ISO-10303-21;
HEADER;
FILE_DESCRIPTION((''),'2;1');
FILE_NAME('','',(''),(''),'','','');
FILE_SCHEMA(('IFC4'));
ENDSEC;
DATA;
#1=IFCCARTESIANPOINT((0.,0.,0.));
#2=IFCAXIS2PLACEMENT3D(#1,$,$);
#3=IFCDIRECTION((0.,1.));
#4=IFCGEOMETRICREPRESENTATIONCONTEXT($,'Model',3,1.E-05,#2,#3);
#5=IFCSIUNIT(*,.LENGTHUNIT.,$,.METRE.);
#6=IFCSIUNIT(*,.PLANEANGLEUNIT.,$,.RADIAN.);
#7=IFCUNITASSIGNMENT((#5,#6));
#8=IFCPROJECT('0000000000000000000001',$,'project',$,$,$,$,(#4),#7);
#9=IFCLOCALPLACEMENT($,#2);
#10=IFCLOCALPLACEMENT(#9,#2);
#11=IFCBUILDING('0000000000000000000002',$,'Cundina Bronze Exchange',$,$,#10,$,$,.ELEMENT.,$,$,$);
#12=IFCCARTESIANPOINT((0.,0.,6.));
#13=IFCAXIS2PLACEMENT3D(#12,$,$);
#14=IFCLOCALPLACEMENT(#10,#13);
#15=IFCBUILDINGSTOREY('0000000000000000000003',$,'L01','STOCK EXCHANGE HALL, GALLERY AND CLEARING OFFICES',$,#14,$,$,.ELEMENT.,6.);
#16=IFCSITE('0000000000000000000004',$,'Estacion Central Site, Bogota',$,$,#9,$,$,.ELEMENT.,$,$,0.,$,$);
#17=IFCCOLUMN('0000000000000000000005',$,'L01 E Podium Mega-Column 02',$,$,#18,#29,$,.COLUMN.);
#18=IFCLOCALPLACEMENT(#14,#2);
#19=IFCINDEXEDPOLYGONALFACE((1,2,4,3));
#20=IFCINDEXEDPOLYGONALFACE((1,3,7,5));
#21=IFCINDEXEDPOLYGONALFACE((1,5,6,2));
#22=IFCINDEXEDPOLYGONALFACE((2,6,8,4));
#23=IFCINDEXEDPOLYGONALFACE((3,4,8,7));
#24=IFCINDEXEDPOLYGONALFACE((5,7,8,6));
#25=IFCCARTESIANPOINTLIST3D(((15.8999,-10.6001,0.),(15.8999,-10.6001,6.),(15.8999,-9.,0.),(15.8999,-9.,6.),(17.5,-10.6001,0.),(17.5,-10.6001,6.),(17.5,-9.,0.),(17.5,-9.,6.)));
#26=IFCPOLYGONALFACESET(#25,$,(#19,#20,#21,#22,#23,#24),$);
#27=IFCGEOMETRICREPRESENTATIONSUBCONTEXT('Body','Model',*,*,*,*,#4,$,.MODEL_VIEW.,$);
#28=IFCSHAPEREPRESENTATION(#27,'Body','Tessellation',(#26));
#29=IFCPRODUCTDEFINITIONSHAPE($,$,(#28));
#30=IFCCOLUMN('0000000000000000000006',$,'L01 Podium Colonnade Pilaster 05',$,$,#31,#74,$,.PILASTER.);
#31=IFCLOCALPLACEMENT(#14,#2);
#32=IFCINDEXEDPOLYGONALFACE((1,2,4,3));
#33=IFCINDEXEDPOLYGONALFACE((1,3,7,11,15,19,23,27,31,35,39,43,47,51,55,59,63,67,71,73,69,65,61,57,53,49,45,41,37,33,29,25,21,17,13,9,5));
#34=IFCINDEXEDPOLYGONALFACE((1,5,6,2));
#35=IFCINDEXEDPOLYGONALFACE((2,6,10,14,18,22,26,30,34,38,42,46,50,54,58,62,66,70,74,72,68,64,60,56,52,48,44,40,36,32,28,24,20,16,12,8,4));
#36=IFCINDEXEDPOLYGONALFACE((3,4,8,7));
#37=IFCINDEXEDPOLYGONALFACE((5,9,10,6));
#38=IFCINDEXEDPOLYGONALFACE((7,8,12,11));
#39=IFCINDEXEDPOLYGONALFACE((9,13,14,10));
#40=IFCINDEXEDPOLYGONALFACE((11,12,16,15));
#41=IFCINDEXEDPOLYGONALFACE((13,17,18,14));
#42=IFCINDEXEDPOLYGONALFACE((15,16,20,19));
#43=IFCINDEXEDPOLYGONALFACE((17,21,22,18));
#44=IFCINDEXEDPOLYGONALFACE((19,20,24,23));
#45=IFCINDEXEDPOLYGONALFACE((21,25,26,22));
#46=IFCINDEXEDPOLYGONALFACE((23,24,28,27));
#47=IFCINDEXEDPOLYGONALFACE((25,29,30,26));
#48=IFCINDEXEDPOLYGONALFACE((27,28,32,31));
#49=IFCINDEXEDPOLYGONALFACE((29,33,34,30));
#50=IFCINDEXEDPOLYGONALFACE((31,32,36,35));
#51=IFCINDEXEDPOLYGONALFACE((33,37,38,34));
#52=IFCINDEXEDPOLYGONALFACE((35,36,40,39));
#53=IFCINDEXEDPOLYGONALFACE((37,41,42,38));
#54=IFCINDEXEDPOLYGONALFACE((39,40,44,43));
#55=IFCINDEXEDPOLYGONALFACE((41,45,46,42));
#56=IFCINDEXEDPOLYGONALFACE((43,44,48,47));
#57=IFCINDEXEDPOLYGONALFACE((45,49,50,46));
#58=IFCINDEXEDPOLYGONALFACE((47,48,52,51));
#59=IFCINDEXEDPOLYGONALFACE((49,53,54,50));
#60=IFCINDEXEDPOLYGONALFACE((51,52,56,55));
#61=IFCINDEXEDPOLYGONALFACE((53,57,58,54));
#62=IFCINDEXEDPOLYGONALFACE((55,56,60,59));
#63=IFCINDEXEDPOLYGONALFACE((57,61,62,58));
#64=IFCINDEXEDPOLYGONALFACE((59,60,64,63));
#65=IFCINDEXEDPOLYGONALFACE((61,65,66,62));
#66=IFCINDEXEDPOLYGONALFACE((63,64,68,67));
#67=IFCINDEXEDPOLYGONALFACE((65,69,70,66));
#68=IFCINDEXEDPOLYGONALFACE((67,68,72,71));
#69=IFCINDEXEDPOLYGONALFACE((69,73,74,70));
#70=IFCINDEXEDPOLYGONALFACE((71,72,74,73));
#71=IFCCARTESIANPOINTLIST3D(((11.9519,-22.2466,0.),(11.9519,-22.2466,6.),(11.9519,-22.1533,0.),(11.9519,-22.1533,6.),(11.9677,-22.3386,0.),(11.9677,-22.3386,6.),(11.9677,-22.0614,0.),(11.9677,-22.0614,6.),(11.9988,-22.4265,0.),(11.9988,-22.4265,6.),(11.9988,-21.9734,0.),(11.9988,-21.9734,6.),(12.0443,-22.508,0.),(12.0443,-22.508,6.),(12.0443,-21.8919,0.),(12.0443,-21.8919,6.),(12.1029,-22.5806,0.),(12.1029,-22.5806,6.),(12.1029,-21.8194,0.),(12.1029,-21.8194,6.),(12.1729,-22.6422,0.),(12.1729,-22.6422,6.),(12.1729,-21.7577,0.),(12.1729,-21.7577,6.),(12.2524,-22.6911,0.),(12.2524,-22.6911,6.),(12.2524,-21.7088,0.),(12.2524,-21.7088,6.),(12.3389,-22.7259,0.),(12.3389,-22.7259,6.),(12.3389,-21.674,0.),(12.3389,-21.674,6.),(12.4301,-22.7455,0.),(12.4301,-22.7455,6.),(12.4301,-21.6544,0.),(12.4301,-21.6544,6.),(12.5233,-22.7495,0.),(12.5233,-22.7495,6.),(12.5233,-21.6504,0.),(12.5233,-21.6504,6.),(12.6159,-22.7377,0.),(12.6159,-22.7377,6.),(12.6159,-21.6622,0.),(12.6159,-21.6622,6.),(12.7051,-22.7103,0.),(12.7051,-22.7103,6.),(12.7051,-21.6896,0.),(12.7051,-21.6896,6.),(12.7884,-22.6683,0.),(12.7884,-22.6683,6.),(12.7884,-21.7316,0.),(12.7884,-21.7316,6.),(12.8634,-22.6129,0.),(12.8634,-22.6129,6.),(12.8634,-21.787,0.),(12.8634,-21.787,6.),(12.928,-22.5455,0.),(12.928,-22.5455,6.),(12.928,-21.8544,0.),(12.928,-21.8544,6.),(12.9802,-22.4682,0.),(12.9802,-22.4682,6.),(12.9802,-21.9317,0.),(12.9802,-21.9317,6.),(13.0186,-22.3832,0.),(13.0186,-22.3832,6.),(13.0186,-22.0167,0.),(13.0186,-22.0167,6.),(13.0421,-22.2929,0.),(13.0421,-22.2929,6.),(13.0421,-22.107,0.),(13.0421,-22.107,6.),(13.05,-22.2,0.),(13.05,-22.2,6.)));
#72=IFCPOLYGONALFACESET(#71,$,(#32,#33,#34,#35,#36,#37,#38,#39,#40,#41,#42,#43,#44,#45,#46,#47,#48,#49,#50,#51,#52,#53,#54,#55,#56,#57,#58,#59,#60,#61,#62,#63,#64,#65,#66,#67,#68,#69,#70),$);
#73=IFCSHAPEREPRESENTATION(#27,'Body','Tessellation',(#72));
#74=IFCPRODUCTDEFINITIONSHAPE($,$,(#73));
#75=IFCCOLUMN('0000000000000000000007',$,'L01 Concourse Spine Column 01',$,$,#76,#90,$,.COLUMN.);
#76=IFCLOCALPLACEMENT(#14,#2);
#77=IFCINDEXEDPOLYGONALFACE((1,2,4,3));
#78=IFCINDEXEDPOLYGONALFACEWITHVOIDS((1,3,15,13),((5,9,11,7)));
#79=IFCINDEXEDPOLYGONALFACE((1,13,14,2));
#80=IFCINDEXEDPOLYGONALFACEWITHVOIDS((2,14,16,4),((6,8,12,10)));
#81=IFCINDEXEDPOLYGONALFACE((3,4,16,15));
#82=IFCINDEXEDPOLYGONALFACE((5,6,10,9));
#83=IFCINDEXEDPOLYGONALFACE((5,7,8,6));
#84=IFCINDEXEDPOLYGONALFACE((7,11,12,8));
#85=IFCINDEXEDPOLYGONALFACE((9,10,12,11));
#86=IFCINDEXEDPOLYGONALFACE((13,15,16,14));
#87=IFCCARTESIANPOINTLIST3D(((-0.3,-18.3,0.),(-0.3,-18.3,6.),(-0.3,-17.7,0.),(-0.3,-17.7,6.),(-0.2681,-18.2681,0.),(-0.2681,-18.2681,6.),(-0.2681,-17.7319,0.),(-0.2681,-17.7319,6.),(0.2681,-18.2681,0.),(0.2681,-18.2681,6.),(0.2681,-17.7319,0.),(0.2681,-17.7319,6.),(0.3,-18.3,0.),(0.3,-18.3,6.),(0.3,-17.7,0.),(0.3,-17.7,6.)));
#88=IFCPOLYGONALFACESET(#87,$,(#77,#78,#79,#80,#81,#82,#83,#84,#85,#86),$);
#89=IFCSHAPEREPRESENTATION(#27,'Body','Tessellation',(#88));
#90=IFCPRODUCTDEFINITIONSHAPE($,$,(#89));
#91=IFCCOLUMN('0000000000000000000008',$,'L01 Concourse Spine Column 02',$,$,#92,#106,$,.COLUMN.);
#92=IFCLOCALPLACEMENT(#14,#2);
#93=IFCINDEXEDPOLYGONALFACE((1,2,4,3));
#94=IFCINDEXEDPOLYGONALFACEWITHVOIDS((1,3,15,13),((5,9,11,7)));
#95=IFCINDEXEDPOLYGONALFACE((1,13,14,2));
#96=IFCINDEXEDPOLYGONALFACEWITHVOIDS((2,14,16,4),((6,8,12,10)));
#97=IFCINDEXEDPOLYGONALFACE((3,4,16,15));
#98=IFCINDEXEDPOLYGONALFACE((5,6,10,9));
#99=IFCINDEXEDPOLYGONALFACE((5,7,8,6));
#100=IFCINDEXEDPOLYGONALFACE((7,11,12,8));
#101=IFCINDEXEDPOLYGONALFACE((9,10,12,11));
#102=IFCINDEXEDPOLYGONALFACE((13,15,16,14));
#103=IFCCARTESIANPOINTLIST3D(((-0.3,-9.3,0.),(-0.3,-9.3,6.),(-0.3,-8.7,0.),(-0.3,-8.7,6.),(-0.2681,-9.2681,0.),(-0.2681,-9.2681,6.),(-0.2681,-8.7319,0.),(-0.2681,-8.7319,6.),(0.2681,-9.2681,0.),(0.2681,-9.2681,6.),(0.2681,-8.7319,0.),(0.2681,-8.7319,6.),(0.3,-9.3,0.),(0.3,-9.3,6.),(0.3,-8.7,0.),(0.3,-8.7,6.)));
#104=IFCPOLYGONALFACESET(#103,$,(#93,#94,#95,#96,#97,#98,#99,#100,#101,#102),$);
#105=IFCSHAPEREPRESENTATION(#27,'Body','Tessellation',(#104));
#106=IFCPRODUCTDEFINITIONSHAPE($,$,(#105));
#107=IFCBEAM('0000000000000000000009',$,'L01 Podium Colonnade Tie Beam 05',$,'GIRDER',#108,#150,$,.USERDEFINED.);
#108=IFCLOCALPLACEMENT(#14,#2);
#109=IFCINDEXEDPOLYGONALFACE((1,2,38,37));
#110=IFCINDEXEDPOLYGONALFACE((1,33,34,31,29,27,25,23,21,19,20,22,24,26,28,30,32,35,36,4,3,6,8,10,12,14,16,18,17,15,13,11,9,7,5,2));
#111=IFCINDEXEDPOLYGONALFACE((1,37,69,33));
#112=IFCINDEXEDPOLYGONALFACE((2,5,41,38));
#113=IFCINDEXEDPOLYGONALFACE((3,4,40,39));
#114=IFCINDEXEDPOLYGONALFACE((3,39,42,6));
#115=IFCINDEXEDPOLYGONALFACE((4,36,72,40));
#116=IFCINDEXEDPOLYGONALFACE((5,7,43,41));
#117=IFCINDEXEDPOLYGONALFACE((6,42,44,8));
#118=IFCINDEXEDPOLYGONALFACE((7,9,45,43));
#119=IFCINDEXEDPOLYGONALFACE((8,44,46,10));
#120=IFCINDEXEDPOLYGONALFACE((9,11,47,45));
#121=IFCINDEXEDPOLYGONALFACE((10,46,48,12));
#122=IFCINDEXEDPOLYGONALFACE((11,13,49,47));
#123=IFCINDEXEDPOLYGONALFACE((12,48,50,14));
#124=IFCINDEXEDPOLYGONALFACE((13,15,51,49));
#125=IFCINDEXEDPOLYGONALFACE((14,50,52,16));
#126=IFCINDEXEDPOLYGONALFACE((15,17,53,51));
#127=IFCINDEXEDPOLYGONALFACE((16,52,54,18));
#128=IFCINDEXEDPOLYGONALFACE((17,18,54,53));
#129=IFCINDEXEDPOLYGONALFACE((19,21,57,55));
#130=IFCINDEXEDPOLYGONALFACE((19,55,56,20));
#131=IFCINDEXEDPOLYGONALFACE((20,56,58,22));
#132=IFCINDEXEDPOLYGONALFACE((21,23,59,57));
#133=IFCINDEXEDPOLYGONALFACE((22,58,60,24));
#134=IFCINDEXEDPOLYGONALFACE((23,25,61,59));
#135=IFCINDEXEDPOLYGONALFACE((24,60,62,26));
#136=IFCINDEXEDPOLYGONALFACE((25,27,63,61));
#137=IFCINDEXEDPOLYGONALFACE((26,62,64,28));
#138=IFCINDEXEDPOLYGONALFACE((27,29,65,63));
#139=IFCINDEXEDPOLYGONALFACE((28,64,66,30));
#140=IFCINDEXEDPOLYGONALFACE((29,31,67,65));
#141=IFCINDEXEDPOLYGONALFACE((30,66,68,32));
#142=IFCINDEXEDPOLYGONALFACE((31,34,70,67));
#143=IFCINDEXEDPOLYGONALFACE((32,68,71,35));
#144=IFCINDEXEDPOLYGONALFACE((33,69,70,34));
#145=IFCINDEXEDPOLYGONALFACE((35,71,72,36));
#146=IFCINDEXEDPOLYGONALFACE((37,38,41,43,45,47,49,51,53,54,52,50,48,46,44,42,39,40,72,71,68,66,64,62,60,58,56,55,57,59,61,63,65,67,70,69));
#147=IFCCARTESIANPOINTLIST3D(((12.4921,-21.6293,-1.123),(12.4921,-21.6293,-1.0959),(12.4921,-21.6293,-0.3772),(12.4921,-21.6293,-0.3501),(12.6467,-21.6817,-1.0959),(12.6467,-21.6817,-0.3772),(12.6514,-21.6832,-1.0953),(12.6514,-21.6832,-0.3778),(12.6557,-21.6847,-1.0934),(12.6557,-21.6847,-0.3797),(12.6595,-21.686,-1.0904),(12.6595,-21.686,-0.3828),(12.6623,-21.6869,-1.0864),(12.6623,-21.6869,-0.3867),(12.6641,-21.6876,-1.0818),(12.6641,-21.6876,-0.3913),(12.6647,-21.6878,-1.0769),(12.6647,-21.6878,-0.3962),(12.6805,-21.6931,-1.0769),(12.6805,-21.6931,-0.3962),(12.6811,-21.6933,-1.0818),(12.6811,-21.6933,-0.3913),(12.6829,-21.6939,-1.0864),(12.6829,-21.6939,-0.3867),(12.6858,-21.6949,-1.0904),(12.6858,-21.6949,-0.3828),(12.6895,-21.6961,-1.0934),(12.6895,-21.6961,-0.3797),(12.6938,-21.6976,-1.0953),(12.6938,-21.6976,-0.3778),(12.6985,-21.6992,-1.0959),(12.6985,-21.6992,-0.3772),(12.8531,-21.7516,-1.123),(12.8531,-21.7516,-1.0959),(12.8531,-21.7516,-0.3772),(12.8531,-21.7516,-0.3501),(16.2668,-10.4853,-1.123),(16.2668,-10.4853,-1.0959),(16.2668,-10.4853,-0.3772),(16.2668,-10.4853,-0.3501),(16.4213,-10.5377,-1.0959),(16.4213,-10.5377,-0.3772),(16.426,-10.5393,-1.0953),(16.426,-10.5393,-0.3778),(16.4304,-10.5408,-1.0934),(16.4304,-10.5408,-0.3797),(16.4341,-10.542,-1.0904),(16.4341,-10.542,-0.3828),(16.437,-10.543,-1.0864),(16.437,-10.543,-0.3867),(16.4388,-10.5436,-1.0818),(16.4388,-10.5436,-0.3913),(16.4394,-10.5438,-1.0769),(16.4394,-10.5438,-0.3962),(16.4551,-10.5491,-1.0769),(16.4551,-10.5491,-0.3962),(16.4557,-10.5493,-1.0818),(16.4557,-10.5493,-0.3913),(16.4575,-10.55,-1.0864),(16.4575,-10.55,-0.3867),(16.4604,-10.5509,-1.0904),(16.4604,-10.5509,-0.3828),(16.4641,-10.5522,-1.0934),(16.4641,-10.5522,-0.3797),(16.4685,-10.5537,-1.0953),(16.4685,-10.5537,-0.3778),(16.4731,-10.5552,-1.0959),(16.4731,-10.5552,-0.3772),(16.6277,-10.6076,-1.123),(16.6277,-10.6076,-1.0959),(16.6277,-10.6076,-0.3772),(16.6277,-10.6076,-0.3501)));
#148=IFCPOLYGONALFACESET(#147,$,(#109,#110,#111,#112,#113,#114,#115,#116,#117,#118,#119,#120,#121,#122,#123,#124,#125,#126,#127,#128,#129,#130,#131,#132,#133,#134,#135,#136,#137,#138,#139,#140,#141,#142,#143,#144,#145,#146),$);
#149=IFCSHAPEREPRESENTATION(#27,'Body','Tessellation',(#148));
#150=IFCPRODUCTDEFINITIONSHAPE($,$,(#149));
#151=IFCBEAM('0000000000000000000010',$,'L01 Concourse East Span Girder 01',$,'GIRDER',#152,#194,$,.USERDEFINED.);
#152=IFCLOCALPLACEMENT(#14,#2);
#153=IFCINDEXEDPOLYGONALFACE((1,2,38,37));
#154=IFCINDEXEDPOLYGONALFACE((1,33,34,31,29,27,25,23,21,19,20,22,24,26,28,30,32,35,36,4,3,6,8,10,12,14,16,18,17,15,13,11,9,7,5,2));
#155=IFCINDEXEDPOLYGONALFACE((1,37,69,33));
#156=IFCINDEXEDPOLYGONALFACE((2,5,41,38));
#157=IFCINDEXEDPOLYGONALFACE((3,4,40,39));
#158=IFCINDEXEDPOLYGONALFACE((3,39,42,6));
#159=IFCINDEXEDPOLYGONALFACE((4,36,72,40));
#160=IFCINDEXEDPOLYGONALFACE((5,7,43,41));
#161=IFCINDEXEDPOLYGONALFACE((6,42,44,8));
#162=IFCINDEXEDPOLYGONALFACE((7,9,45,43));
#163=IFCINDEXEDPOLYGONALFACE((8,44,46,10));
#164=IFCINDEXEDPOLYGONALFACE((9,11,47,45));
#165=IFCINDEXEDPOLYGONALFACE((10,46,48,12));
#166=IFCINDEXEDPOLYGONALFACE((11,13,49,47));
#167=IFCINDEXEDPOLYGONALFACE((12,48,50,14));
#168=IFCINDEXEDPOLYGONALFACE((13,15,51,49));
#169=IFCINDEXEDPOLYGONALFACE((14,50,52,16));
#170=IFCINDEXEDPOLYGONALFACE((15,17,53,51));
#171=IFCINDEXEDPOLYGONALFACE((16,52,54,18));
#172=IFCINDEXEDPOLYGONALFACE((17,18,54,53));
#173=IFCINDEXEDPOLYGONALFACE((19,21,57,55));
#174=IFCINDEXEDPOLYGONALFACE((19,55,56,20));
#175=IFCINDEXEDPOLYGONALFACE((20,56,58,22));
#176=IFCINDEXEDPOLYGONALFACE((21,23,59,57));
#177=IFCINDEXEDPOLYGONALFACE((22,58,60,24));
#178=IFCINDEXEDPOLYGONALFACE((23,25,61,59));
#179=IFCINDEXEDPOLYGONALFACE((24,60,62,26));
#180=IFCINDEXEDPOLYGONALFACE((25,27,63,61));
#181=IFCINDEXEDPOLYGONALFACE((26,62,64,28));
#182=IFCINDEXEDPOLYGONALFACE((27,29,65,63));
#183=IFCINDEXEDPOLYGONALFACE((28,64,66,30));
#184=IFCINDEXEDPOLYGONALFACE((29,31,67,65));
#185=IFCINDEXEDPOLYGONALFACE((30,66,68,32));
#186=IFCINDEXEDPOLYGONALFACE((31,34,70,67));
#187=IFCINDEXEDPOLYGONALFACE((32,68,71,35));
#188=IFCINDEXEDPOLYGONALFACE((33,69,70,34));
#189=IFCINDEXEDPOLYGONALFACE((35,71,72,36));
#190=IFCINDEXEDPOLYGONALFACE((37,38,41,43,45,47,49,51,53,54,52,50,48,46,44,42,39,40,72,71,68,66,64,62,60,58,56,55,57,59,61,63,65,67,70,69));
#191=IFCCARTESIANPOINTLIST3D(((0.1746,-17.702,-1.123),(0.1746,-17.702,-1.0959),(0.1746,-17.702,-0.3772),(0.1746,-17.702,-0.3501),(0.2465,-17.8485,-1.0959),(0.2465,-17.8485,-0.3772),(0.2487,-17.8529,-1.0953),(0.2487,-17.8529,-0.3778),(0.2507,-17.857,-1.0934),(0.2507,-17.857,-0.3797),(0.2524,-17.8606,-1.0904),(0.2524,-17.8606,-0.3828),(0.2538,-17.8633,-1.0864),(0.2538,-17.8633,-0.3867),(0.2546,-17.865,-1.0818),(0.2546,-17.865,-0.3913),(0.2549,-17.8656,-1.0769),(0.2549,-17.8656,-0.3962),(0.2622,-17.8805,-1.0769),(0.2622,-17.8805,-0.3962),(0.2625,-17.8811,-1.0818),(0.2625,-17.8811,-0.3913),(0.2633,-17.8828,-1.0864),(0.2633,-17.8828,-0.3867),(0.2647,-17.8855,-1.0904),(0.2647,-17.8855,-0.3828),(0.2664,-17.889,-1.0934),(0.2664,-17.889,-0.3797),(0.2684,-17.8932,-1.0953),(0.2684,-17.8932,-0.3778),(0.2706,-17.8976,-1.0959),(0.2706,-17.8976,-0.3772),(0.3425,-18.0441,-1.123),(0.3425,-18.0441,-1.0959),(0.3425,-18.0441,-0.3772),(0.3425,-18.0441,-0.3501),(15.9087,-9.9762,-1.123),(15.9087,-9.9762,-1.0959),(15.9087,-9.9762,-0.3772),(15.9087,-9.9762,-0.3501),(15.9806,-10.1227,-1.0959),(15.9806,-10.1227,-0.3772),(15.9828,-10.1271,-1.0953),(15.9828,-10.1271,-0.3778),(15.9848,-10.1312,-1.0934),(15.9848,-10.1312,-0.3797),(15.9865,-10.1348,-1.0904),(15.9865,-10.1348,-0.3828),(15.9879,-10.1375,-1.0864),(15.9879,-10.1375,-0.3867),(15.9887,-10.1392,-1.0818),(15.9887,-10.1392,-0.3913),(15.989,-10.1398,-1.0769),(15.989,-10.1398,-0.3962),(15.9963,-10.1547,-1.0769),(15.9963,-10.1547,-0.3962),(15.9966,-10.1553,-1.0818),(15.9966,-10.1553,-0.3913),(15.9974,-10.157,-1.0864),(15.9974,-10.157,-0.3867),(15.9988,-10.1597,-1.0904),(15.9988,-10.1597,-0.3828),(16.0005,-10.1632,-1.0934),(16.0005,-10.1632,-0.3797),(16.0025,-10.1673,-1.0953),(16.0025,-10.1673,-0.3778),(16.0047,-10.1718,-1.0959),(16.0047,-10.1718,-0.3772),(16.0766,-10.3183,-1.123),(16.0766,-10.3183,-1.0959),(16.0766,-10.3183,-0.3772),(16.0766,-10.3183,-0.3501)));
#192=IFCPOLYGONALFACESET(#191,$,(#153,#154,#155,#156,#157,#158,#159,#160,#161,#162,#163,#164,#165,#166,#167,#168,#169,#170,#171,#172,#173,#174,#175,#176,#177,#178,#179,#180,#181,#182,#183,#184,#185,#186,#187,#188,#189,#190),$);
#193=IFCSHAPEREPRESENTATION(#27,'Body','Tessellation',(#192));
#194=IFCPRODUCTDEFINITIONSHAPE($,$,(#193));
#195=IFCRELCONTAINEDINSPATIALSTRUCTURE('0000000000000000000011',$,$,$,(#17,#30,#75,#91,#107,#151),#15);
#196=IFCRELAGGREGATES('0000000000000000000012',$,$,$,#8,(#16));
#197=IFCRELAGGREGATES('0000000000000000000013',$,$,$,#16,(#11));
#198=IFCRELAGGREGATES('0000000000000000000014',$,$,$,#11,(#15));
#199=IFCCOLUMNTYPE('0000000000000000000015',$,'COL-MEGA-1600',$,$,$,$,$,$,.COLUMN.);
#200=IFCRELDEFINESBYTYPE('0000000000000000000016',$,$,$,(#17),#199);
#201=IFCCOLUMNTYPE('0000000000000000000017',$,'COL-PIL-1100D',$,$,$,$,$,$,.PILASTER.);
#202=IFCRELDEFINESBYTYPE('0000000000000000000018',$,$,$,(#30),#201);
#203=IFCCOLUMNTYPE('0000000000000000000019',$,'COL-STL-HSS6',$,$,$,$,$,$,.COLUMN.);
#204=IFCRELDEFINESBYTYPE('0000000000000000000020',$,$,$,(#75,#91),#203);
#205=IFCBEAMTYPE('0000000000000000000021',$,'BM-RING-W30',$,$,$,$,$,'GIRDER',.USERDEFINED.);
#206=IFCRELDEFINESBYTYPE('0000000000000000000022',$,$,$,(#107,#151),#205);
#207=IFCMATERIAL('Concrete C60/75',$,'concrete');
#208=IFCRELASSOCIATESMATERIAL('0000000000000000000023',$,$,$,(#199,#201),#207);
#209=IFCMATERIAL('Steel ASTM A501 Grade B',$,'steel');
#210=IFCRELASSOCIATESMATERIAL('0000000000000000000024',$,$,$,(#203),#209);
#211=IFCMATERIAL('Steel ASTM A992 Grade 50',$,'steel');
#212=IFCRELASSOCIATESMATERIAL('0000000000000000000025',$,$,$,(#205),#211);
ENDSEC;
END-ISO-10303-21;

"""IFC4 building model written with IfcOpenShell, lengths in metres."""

from ifc_helpers import new_model, si_unit, direction, frame, origin, origin_2d, place, context, subcontext, project, spatial, rectangle, hollow_rectangle, circle, i_section, extrude, material, material_profile, profile_set, type_object, element, save


model = new_model("IFC4")

# Units and contexts
model_context = context("Model", 3, precision=1e-05, world=origin(), true_north=direction((0.0, 1.0)))
body_context = subcontext(model_context, "Body", "Model", "MODEL_VIEW")
ifc_project = project(units=[si_unit("LENGTHUNIT", "METRE"), si_unit("PLANEANGLEUNIT", "RADIAN")], contexts=[model_context])

# Site, building, storey
site_placement = place(None, origin())
site = spatial("IfcSite", under=ifc_project, at=site_placement, Name="Estacion Central Site, Bogota", CompositionType="ELEMENT", RefElevation=0.0)
building_placement = place(site_placement, origin())
building = spatial("IfcBuilding", under=site, at=building_placement, Name="Cundina Bronze Exchange", CompositionType="ELEMENT")
storey_placement = place(building_placement, frame((0.0, 0.0, 6.0)))
storey = spatial("IfcBuildingStorey", under=building, at=storey_placement, Name="L01", Description="STOCK EXCHANGE HALL, GALLERY AND CLEARING OFFICES", CompositionType="ELEMENT", Elevation=6.0)

# Columns
ifc_material_1 = material(Name="Concrete C60/75", Category="concrete")
ifc_material_profile_1 = material_profile(ifc_material_1, rectangle(XDim=1.6001, YDim=1.6001, at=origin_2d()), Name="RC1600X1600", Category="concrete")
ifc_profile_set_1 = profile_set([ifc_material_profile_1], Name="Concrete C60/75")
column_type_1 = type_object("IfcColumnType", Name="COL-MEGA-1600", PredefinedType="COLUMN", material=ifc_profile_set_1)
column_1_placement = place(storey_placement, frame((16.7, -9.8, 0.0), z_axis=(0.0, 0.0, 1.0), x_axis=(1.0, 0.0, 0.0)))
element("IfcColumn", 1, at=column_1_placement, inside=storey, type_object=column_type_1, Name="L01 E Podium Mega-Column 02", PredefinedType="COLUMN", context=body_context, shape_type="SweptSolid", body=[
    extrude(rectangle(XDim=1.6001, YDim=1.6001, at=origin_2d()), origin(), (0.0, 0.0, 1.0), 6.0),
])
ifc_material_profile_2 = material_profile(ifc_material_1, circle(Radius=0.55, at=origin_2d()), Name="RC1100D", Category="concrete")
ifc_profile_set_2 = profile_set([ifc_material_profile_2], Name="Concrete C60/75")
column_type_2 = type_object("IfcColumnType", Name="COL-PIL-1100D", PredefinedType="PILASTER", material=ifc_profile_set_2)
column_2_placement = place(storey_placement, frame((12.5, -22.2, 0.0), z_axis=(0.0, 0.0, 1.0), x_axis=(1.0, 0.0, 0.0)))
element("IfcColumn", 2, at=column_2_placement, inside=storey, type_object=column_type_2, Name="L01 Podium Colonnade Pilaster 05", PredefinedType="PILASTER", context=body_context, shape_type="SweptSolid", body=[
    extrude(circle(Radius=0.55, at=origin_2d()), origin(), (0.0, 0.0, 1.0), 6.0),
])
ifc_material_2 = material(Name="Steel ASTM A501 Grade B", Category="steel")
ifc_material_profile_3 = material_profile(ifc_material_2, hollow_rectangle(XDim=0.6001, YDim=0.6001, WallThickness=0.032, at=origin_2d()), Name="HSS600X600X32", Category="steel")
ifc_profile_set_3 = profile_set([ifc_material_profile_3], Name="Steel ASTM A501 Grade B")
column_type_3 = type_object("IfcColumnType", Name="COL-STL-HSS6", PredefinedType="COLUMN", material=ifc_profile_set_3)
for number, where, z_axis, x_axis, name in (
    (3, (0.0, -18.0, 0.0), (0.0, 0.0, 1.0), (1.0, 0.0, 0.0), "L01 Concourse Spine Column 01"),
    (4, (0.0, -9.0, 0.0), (0.0, 0.0, 1.0), (1.0, 0.0, 0.0), "L01 Concourse Spine Column 02"),
):
    element("IfcColumn", number, at=place(storey_placement, frame(where, z_axis=z_axis, x_axis=x_axis)), inside=storey, type_object=column_type_3, Name=name, PredefinedType="COLUMN", context=body_context, shape_type="SweptSolid", body=[
        extrude(hollow_rectangle(XDim=0.6001, YDim=0.6001, WallThickness=0.032, at=origin_2d()), origin(), (0.0, 0.0, 1.0), 6.0),
    ])

# Beams
ifc_material_3 = material(Name="Steel ASTM A992 Grade 50", Category="steel")
ifc_material_profile_4 = material_profile(ifc_material_3, i_section(OverallWidth=0.3811, OverallDepth=0.7729, WebThickness=0.0166, FlangeThickness=0.0271, FilletRadius=0.019, at=origin_2d()), Name="W30X173", Category="steel")
ifc_profile_set_4 = profile_set([ifc_material_profile_4], Name="Steel ASTM A992 Grade 50")
beam_type = type_object("IfcBeamType", Name="BM-RING-W30", ElementType="GIRDER", PredefinedType="USERDEFINED", material=ifc_profile_set_4)
beam_1_placement = place(storey_placement, frame((12.6726, -21.6904, -0.7366), z_axis=(0.320812, 0.947143, 0.0), x_axis=(-0.947143, 0.320812, 0.0)))
element("IfcBeam", 5, at=beam_1_placement, inside=storey, type_object=beam_type, Name="L01 Podium Colonnade Tie Beam 05", ObjectType="GIRDER", PredefinedType="USERDEFINED", context=body_context, shape_type="SweptSolid", body=[
    extrude(i_section(OverallWidth=0.3811, OverallDepth=0.7729, WebThickness=0.0166, FlangeThickness=0.0271, FilletRadius=0.019, at=origin_2d()), origin(), (0.0, 0.0, 1.0), 11.7659),
])
beam_2_placement = place(storey_placement, frame((0.2585, -17.873, -0.7366), z_axis=(0.897627, 0.440756, 0.0), x_axis=(-0.440756, 0.897627, 0.0)))
element("IfcBeam", 6, at=beam_2_placement, inside=storey, type_object=beam_type, Name="L01 Concourse East Span Girder 01", ObjectType="GIRDER", PredefinedType="USERDEFINED", context=body_context, shape_type="SweptSolid", body=[
    extrude(i_section(OverallWidth=0.3811, OverallDepth=0.7729, WebThickness=0.0166, FlangeThickness=0.0271, FilletRadius=0.019, at=origin_2d()), origin(), (0.0, 0.0, 1.0), 17.5286),
])

save(model, "model.ifc")
